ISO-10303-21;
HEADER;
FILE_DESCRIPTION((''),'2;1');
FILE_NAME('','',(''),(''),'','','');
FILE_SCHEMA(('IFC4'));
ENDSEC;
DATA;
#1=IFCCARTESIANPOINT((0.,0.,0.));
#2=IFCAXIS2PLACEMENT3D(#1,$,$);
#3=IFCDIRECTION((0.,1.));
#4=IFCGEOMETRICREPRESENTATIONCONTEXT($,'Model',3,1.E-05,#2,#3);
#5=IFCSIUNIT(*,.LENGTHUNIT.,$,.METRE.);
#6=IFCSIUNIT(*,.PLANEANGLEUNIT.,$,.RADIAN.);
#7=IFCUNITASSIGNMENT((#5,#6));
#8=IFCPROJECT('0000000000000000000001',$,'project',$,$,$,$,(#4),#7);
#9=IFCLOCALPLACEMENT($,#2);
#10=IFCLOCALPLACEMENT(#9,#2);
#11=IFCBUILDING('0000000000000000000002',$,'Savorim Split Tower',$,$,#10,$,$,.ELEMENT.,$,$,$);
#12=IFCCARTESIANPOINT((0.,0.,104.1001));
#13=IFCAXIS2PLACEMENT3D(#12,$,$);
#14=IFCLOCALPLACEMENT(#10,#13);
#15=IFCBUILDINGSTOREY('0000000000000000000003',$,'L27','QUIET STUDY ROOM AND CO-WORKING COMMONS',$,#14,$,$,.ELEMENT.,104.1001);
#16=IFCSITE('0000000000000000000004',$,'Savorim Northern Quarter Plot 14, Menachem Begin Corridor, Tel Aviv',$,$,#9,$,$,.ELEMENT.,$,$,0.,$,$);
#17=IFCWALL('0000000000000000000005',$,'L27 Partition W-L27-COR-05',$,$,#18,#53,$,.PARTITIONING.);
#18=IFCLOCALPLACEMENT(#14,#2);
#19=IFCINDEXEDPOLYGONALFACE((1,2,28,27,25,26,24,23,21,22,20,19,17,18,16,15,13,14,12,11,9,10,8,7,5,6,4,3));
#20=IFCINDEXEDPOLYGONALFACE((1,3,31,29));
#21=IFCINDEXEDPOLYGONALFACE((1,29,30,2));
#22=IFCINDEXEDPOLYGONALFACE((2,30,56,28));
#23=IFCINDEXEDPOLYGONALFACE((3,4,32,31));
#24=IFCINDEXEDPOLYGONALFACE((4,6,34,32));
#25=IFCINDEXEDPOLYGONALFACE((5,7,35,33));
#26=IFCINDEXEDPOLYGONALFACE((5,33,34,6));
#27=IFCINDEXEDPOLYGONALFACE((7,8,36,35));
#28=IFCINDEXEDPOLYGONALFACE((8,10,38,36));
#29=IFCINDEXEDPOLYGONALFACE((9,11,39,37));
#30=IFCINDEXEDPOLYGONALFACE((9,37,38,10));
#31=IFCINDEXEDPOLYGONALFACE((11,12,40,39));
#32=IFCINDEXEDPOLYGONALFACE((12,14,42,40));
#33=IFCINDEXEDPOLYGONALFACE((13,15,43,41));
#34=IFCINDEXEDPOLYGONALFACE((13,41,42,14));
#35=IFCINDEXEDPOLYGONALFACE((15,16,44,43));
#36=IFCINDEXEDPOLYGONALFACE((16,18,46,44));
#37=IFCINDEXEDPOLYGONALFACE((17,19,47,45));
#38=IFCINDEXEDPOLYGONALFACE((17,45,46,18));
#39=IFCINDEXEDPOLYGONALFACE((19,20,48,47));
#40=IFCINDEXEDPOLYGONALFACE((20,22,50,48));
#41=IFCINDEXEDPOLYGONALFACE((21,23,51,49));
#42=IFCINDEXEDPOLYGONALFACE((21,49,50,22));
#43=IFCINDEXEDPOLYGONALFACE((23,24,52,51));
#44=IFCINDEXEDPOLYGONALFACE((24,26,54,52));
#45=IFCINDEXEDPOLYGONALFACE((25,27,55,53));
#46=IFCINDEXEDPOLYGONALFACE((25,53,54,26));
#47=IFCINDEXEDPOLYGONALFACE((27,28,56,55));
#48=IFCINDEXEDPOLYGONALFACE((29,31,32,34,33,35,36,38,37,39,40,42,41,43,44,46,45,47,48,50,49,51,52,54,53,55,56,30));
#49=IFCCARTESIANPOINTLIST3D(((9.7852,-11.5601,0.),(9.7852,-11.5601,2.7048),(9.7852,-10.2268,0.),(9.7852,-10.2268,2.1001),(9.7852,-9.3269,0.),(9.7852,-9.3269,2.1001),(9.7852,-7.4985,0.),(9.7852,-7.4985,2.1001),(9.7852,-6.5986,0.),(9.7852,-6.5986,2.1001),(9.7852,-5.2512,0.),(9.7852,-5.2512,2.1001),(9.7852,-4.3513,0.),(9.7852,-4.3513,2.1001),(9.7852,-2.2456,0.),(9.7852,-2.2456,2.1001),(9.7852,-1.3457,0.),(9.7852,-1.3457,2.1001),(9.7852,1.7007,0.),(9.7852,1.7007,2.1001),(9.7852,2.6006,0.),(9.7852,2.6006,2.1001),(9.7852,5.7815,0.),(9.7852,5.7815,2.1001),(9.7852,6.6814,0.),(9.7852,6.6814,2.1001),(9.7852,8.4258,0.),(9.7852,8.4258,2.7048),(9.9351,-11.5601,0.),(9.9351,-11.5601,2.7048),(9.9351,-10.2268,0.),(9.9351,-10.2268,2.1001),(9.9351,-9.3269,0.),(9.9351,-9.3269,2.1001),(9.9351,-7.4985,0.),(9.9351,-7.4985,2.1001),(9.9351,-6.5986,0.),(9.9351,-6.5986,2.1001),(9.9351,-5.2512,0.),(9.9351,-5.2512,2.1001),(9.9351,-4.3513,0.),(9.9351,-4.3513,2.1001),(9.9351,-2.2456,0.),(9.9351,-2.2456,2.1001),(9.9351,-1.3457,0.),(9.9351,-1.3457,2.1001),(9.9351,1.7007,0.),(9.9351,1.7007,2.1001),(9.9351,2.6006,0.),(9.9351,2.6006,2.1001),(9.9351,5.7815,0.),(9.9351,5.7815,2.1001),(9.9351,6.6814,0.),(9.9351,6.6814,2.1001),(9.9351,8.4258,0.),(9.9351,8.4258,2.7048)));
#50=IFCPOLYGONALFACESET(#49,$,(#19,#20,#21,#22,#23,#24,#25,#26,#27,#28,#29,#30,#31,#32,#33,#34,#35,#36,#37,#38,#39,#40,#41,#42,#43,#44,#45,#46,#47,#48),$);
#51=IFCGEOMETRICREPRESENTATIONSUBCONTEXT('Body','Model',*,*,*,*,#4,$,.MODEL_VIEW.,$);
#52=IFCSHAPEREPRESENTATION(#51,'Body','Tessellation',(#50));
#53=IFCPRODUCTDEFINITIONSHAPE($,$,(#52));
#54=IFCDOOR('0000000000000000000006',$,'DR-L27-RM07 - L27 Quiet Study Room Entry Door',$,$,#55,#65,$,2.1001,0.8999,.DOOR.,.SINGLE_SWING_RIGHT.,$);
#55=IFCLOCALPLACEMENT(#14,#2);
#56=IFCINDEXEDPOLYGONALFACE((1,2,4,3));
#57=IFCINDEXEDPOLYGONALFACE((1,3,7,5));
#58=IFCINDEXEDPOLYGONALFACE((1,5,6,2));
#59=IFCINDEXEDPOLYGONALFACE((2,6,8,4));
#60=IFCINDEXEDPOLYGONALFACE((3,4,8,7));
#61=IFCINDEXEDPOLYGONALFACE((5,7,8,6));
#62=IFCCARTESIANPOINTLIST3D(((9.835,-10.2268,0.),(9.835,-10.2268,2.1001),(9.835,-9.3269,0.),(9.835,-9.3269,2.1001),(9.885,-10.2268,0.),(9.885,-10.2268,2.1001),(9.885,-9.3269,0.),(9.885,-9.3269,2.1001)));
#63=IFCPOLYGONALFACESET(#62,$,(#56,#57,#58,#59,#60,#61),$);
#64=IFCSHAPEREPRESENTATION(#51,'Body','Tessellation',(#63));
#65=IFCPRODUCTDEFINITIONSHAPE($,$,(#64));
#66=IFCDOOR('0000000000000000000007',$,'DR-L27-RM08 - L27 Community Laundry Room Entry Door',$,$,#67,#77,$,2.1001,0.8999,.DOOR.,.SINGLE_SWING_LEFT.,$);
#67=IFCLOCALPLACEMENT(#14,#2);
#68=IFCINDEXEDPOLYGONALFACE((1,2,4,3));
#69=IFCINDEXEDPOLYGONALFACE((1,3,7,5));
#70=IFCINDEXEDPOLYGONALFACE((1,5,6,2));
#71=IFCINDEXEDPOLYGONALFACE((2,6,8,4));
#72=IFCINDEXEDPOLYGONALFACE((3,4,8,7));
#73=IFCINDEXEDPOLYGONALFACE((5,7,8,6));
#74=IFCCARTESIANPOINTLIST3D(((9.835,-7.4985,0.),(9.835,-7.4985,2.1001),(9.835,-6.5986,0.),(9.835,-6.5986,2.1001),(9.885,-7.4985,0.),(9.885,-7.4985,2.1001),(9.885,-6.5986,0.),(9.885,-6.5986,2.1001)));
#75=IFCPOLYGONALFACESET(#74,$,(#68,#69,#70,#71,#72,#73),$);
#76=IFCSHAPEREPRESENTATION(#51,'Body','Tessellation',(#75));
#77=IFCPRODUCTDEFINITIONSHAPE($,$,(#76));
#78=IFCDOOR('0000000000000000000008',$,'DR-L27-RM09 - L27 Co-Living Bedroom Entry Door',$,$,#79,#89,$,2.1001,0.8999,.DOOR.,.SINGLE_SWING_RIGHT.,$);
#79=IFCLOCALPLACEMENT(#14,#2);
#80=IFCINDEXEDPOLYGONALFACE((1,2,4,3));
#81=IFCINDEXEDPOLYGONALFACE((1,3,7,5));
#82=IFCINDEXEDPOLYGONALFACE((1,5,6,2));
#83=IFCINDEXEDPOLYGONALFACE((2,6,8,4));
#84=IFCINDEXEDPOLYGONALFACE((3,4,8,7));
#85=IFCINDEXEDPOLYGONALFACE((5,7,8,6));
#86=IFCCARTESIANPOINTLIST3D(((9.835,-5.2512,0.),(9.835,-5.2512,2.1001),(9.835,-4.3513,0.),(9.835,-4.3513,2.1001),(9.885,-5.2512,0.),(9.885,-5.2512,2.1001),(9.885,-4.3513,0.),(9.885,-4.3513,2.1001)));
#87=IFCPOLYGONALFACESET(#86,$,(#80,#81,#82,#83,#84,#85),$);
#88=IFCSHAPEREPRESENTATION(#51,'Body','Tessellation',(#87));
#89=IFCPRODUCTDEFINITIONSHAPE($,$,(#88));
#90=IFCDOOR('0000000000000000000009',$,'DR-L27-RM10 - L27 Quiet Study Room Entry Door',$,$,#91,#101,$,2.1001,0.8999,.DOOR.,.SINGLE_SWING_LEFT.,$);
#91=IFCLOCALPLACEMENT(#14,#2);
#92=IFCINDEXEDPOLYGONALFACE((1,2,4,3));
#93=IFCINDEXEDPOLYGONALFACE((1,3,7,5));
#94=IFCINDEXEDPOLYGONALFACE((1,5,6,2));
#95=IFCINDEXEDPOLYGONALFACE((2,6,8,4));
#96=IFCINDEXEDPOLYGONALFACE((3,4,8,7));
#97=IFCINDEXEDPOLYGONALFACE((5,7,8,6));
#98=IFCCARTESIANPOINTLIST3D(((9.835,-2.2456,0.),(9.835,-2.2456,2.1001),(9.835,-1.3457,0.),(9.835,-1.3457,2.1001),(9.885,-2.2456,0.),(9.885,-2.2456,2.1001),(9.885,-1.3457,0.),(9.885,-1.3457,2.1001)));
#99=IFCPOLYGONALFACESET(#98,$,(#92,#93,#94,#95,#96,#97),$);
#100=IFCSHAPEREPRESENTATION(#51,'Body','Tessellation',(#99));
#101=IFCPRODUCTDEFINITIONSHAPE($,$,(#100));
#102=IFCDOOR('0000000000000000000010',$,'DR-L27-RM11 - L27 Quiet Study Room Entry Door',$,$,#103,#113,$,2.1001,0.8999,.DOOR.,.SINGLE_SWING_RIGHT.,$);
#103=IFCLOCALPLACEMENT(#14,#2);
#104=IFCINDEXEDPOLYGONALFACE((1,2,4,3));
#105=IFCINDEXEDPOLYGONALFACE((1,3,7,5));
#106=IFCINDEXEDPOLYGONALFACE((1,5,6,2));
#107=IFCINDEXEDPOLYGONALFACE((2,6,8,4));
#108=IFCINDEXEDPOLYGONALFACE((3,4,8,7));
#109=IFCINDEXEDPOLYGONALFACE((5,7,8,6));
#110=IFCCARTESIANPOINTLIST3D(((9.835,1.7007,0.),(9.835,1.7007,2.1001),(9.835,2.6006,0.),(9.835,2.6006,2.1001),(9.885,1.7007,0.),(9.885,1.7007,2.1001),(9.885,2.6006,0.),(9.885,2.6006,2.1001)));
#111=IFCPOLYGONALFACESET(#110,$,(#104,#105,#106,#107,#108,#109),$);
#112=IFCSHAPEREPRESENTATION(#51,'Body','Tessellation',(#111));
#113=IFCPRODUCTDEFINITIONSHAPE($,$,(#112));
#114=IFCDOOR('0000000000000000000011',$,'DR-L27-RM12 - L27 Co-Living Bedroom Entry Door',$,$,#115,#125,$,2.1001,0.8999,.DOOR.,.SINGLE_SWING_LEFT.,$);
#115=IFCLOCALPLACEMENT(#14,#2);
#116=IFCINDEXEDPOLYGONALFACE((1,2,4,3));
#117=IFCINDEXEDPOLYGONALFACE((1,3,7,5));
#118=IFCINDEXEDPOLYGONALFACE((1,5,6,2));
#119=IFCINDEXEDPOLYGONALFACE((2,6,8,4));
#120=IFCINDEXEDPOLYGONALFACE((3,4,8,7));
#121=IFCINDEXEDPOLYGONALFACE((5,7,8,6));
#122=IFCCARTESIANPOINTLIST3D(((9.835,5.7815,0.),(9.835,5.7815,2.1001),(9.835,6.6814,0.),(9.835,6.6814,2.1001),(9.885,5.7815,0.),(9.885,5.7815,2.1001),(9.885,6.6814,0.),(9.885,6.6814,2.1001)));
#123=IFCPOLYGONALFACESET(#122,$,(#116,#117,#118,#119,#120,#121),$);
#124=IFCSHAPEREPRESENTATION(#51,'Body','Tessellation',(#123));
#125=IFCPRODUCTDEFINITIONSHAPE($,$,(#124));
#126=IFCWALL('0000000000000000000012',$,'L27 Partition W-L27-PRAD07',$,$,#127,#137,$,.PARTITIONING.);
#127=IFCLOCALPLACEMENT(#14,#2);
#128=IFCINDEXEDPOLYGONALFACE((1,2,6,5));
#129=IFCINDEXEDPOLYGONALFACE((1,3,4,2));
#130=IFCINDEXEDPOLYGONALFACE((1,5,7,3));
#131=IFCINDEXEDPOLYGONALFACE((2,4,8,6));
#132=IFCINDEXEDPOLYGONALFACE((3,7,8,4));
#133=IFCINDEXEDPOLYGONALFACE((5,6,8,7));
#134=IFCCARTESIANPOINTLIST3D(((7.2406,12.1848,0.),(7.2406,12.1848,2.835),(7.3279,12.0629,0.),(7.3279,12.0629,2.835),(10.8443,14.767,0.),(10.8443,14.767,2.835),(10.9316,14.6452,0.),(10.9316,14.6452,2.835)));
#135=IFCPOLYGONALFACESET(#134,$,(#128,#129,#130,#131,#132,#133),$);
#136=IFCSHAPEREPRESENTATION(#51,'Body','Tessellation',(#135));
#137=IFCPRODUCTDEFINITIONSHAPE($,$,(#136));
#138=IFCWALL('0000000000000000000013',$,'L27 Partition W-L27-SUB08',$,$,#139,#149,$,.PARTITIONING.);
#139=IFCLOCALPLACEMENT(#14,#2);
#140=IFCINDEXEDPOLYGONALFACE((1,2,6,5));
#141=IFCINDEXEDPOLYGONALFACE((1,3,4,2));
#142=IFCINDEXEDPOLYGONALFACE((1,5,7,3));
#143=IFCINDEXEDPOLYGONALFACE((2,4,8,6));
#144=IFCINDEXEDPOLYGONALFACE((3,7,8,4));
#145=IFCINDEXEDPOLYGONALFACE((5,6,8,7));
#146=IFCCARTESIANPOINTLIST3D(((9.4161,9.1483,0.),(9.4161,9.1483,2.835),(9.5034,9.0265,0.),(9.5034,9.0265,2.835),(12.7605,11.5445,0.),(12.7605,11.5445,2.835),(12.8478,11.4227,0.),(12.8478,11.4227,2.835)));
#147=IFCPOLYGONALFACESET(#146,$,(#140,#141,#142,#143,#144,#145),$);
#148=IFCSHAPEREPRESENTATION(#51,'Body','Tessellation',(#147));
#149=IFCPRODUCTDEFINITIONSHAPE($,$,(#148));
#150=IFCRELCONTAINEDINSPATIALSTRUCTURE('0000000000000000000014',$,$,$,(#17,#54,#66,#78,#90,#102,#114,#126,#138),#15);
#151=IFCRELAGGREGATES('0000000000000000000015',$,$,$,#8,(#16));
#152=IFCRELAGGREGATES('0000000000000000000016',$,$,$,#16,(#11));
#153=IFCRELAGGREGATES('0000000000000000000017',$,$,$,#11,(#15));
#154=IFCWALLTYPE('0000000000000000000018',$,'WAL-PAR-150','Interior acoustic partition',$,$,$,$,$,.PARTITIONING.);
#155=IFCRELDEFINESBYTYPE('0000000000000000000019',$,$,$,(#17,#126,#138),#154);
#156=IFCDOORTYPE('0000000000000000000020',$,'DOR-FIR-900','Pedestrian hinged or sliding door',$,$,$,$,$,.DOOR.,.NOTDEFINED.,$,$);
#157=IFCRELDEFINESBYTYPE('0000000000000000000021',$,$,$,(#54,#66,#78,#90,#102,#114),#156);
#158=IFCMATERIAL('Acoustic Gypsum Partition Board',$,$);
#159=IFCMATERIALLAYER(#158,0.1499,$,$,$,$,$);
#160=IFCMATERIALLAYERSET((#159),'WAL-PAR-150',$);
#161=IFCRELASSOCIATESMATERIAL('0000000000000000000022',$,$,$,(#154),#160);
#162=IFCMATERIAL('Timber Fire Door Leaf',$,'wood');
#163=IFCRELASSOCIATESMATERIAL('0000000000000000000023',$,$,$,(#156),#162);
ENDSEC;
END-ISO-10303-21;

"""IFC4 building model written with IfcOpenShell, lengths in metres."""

from ifc_helpers import new_model, si_unit, direction, frame, frame_2d, origin, place, context, subcontext, project, spatial, rectangle, extrude, material, layer, layer_set, type_object, element, fill, save


model = new_model("IFC4")

# Units and contexts
model_context = context("Model", 3, precision=1e-05, world=origin(), true_north=direction((0.0, 1.0)))
body_context = subcontext(model_context, "Body", "Model", "MODEL_VIEW")
ifc_project = project(units=[si_unit("LENGTHUNIT", "METRE"), si_unit("PLANEANGLEUNIT", "RADIAN")], contexts=[model_context])

# Site, building, storey
site_placement = place(None, origin())
site = spatial("IfcSite", under=ifc_project, at=site_placement, Name="Savorim Northern Quarter Plot 14, Menachem Begin Corridor, Tel Aviv", CompositionType="ELEMENT", RefElevation=0.0)
building_placement = place(site_placement, origin())
building = spatial("IfcBuilding", under=site, at=building_placement, Name="Savorim Split Tower", CompositionType="ELEMENT")
storey_placement = place(building_placement, frame((0.0, 0.0, 104.1001)))
storey = spatial("IfcBuildingStorey", under=building, at=storey_placement, Name="L27", Description="QUIET STUDY ROOM AND CO-WORKING COMMONS", CompositionType="ELEMENT", Elevation=104.1001)

# Shared definitions
ifc_material_1 = material(Name="Timber Fire Door Leaf", Category="wood")

# Shared definitions
ifc_material_2 = material(Name="Acoustic Gypsum Partition Board")
ifc_layer_1 = layer(ifc_material_2, 0.1499)
ifc_layer_set_1 = layer_set([ifc_layer_1], Name="WAL-PAR-150")
wall_type_1 = type_object("IfcWallType", Name="WAL-PAR-150", Description="Interior acoustic partition", PredefinedType="PARTITIONING", material=ifc_layer_set_1)

# Wall, openings, doors
wall_1_placement = place(storey_placement, frame((9.8601, 8.4258, 0.0), z_axis=(0.0, 0.0, 1.0), x_axis=(0.0, -1.0, 0.0)))
wall_1 = element("IfcWall", 1, at=wall_1_placement, inside=storey, type_object=wall_type_1, Name="L27 Partition W-L27-COR-05", PredefinedType="PARTITIONING", context=body_context, shape_type="SweptSolid", body=[
    extrude(rectangle(XDim=19.9858, YDim=0.1499, at=frame_2d((9.9929, 0.0))), origin(), (0.0, 0.0, 1.0), 2.7048),
])
opening_1_placement = place(wall_1_placement, frame((17.7527, 0.0, 0.0)))
opening_1 = element("IfcOpeningElement", 2, at=opening_1_placement, cuts=wall_1, PredefinedType="OPENING", context=body_context, shape_type="SweptSolid", body=[
    extrude(rectangle(XDim=0.8999, YDim=2.1001, at=frame_2d((0.45, 1.05))), frame((0.0, 0.085, 0.0), z_axis=(0.0, -1.0, 0.0), x_axis=(1.0, 0.0, 0.0)), (0.0, 0.0, 1.0), 0.1699),
])
opening_2_placement = place(wall_1_placement, frame((15.0244, 0.0, 0.0)))
opening_2 = element("IfcOpeningElement", 3, at=opening_2_placement, cuts=wall_1, PredefinedType="OPENING", context=body_context, shape_type="SweptSolid", body=[
    extrude(rectangle(XDim=0.8999, YDim=2.1001, at=frame_2d((0.45, 1.05))), frame((0.0, 0.085, 0.0), z_axis=(0.0, -1.0, 0.0), x_axis=(1.0, 0.0, 0.0)), (0.0, 0.0, 1.0), 0.1699),
])
opening_3_placement = place(wall_1_placement, frame((12.7771, 0.0, 0.0)))
opening_3 = element("IfcOpeningElement", 4, at=opening_3_placement, cuts=wall_1, PredefinedType="OPENING", context=body_context, shape_type="SweptSolid", body=[
    extrude(rectangle(XDim=0.8999, YDim=2.1001, at=frame_2d((0.45, 1.05))), frame((0.0, 0.085, 0.0), z_axis=(0.0, -1.0, 0.0), x_axis=(1.0, 0.0, 0.0)), (0.0, 0.0, 1.0), 0.1699),
])
opening_4_placement = place(wall_1_placement, frame((9.7715, 0.0, 0.0)))
opening_4 = element("IfcOpeningElement", 5, at=opening_4_placement, cuts=wall_1, PredefinedType="OPENING", context=body_context, shape_type="SweptSolid", body=[
    extrude(rectangle(XDim=0.8999, YDim=2.1001, at=frame_2d((0.45, 1.05))), frame((0.0, 0.085, 0.0), z_axis=(0.0, -1.0, 0.0), x_axis=(1.0, 0.0, 0.0)), (0.0, 0.0, 1.0), 0.1699),
])
opening_5_placement = place(wall_1_placement, frame((5.8252, 0.0, 0.0)))
opening_5 = element("IfcOpeningElement", 6, at=opening_5_placement, cuts=wall_1, PredefinedType="OPENING", context=body_context, shape_type="SweptSolid", body=[
    extrude(rectangle(XDim=0.8999, YDim=2.1001, at=frame_2d((0.45, 1.05))), frame((0.0, 0.085, 0.0), z_axis=(0.0, -1.0, 0.0), x_axis=(1.0, 0.0, 0.0)), (0.0, 0.0, 1.0), 0.1699),
])
opening_6_placement = place(wall_1_placement, frame((1.7444, 0.0, 0.0)))
opening_6 = element("IfcOpeningElement", 7, at=opening_6_placement, cuts=wall_1, PredefinedType="OPENING", context=body_context, shape_type="SweptSolid", body=[
    extrude(rectangle(XDim=0.8999, YDim=2.1001, at=frame_2d((0.45, 1.05))), frame((0.0, 0.085, 0.0), z_axis=(0.0, -1.0, 0.0), x_axis=(1.0, 0.0, 0.0)), (0.0, 0.0, 1.0), 0.1699),
])
door_type_1 = type_object("IfcDoorType", Name="DOR-FIR-900", Description="Pedestrian hinged or sliding door", OperationType="NOTDEFINED", PredefinedType="DOOR", material=ifc_material_1)
door_1_placement = place(opening_1_placement, origin())
door_1 = element("IfcDoor", 8, at=door_1_placement, inside=storey, type_object=door_type_1, Name="DR-L27-RM07 - L27 Quiet Study Room Entry Door", OperationType="SINGLE_SWING_RIGHT", OverallHeight=2.1001, OverallWidth=0.8999, PredefinedType="DOOR", context=body_context, shape_type="SweptSolid", body=[
    extrude(rectangle(XDim=0.8999, YDim=2.1001, at=frame_2d((0.45, 1.05))), frame((0.0, 0.0249, 0.0), z_axis=(0.0, -1.0, 0.0), x_axis=(1.0, 0.0, 0.0)), (0.0, 0.0, 1.0), 0.05),
])
fill(opening_1, door_1)
door_2_placement = place(opening_2_placement, origin())
door_2 = element("IfcDoor", 9, at=door_2_placement, inside=storey, type_object=door_type_1, Name="DR-L27-RM08 - L27 Community Laundry Room Entry Door", OperationType="SINGLE_SWING_LEFT", OverallHeight=2.1001, OverallWidth=0.8999, PredefinedType="DOOR", context=body_context, shape_type="SweptSolid", body=[
    extrude(rectangle(XDim=0.8999, YDim=2.1001, at=frame_2d((0.45, 1.05))), frame((0.0, 0.0249, 0.0), z_axis=(0.0, -1.0, 0.0), x_axis=(1.0, 0.0, 0.0)), (0.0, 0.0, 1.0), 0.05),
])
fill(opening_2, door_2)
door_3_placement = place(opening_3_placement, origin())
door_3 = element("IfcDoor", 10, at=door_3_placement, inside=storey, type_object=door_type_1, Name="DR-L27-RM09 - L27 Co-Living Bedroom Entry Door", OperationType="SINGLE_SWING_RIGHT", OverallHeight=2.1001, OverallWidth=0.8999, PredefinedType="DOOR", context=body_context, shape_type="SweptSolid", body=[
    extrude(rectangle(XDim=0.8999, YDim=2.1001, at=frame_2d((0.45, 1.05))), frame((0.0, 0.0249, 0.0), z_axis=(0.0, -1.0, 0.0), x_axis=(1.0, 0.0, 0.0)), (0.0, 0.0, 1.0), 0.05),
])
fill(opening_3, door_3)
door_4_placement = place(opening_4_placement, origin())
door_4 = element("IfcDoor", 11, at=door_4_placement, inside=storey, type_object=door_type_1, Name="DR-L27-RM10 - L27 Quiet Study Room Entry Door", OperationType="SINGLE_SWING_LEFT", OverallHeight=2.1001, OverallWidth=0.8999, PredefinedType="DOOR", context=body_context, shape_type="SweptSolid", body=[
    extrude(rectangle(XDim=0.8999, YDim=2.1001, at=frame_2d((0.45, 1.05))), frame((0.0, 0.0249, 0.0), z_axis=(0.0, -1.0, 0.0), x_axis=(1.0, 0.0, 0.0)), (0.0, 0.0, 1.0), 0.05),
])
fill(opening_4, door_4)
door_5_placement = place(opening_5_placement, origin())
door_5 = element("IfcDoor", 12, at=door_5_placement, inside=storey, type_object=door_type_1, Name="DR-L27-RM11 - L27 Quiet Study Room Entry Door", OperationType="SINGLE_SWING_RIGHT", OverallHeight=2.1001, OverallWidth=0.8999, PredefinedType="DOOR", context=body_context, shape_type="SweptSolid", body=[
    extrude(rectangle(XDim=0.8999, YDim=2.1001, at=frame_2d((0.45, 1.05))), frame((0.0, 0.0249, 0.0), z_axis=(0.0, -1.0, 0.0), x_axis=(1.0, 0.0, 0.0)), (0.0, 0.0, 1.0), 0.05),
])
fill(opening_5, door_5)
door_6_placement = place(opening_6_placement, origin())
door_6 = element("IfcDoor", 13, at=door_6_placement, inside=storey, type_object=door_type_1, Name="DR-L27-RM12 - L27 Co-Living Bedroom Entry Door", OperationType="SINGLE_SWING_LEFT", OverallHeight=2.1001, OverallWidth=0.8999, PredefinedType="DOOR", context=body_context, shape_type="SweptSolid", body=[
    extrude(rectangle(XDim=0.8999, YDim=2.1001, at=frame_2d((0.45, 1.05))), frame((0.0, 0.0249, 0.0), z_axis=(0.0, -1.0, 0.0), x_axis=(1.0, 0.0, 0.0)), (0.0, 0.0, 1.0), 0.05),
])
fill(opening_6, door_6)

# Walls
wall_2_placement = place(storey_placement, frame((7.2842, 12.1238, 0.0), z_axis=(0.0, 0.0, 1.0), x_axis=(0.812862, 0.582456, 0.0)))
element("IfcWall", 14, at=wall_2_placement, inside=storey, type_object=wall_type_1, Name="L27 Partition W-L27-PRAD07", PredefinedType="PARTITIONING", context=body_context, shape_type="SweptSolid", body=[
    extrude(rectangle(XDim=4.4333, YDim=0.1499, at=frame_2d((2.2168, 0.0))), origin(), (0.0, 0.0, 1.0), 2.835),
])
wall_3_placement = place(storey_placement, frame((9.4597, 9.0874, 0.0), z_axis=(0.0, 0.0, 1.0), x_axis=(0.812891, 0.582416, 0.0)))
element("IfcWall", 15, at=wall_3_placement, inside=storey, type_object=wall_type_1, Name="L27 Partition W-L27-SUB08", PredefinedType="PARTITIONING", context=body_context, shape_type="SweptSolid", body=[
    extrude(rectangle(XDim=4.1143, YDim=0.1499, at=frame_2d((2.0571, 0.0))), origin(), (0.0, 0.0, 1.0), 2.835),
])

save(model, "model.ifc")
